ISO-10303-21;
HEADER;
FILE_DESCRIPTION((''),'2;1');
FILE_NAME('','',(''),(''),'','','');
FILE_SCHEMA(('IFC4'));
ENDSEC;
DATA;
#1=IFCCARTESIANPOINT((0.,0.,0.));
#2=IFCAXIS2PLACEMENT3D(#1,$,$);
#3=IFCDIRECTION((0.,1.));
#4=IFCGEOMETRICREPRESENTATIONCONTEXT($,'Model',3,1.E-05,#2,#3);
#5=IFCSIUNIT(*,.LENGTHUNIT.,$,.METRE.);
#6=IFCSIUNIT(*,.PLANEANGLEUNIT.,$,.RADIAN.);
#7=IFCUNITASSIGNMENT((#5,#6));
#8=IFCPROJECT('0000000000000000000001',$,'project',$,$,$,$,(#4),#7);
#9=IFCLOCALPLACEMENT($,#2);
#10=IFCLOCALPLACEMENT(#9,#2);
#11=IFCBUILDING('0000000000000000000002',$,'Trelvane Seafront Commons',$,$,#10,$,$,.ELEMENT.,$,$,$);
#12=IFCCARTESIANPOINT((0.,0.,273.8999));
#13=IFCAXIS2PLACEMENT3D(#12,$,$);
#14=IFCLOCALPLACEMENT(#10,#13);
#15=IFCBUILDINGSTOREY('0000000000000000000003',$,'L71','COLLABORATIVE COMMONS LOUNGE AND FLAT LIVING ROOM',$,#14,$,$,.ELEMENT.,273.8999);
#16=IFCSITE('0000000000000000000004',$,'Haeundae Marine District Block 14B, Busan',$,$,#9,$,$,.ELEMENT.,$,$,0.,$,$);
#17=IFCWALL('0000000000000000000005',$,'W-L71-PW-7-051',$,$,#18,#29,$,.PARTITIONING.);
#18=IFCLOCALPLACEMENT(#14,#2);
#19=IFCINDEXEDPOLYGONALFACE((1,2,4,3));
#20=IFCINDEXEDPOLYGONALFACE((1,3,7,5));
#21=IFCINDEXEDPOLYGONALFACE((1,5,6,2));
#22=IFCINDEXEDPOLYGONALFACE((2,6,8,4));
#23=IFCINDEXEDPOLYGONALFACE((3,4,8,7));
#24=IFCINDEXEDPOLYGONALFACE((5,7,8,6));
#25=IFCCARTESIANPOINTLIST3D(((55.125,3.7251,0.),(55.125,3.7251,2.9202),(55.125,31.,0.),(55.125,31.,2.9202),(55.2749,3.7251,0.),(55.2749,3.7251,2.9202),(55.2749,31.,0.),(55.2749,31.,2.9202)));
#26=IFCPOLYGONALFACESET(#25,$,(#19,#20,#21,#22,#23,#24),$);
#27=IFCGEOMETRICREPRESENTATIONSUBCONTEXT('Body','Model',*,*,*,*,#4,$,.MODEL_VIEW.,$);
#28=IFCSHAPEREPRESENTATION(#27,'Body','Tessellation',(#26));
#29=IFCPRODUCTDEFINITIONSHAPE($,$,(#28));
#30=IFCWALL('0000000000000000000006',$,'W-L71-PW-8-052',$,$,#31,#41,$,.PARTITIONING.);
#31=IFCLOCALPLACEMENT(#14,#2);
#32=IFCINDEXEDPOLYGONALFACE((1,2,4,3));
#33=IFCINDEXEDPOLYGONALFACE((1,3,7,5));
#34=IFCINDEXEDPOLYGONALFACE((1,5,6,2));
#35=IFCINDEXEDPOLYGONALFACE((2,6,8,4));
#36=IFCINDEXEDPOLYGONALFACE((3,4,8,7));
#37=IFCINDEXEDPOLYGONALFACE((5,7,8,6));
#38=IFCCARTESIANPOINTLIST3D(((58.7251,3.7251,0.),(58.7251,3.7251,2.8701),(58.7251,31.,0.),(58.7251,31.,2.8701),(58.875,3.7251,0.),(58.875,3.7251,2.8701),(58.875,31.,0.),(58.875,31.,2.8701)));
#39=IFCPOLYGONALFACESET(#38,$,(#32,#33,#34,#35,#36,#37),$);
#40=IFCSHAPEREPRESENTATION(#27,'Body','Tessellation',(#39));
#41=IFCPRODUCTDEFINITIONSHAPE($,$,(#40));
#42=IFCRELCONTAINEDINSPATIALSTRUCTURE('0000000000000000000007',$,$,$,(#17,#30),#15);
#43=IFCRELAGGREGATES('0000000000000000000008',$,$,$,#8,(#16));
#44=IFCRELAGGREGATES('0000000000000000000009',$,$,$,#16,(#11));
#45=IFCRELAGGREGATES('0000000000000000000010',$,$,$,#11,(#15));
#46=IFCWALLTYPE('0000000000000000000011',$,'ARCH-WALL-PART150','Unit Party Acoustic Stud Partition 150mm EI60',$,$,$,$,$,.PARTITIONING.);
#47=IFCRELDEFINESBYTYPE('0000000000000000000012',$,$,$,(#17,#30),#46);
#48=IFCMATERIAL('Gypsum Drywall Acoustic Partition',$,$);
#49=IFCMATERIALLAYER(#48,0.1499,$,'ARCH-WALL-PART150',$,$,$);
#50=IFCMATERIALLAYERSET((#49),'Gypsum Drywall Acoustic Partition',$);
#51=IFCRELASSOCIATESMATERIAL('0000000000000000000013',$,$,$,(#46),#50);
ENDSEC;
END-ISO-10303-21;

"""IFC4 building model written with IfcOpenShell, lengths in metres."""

from ifc_helpers import new_model, si_unit, direction, frame, frame_2d, origin, place, context, subcontext, project, spatial, rectangle, extrude, material, layer, layer_set, type_object, element, save


model = new_model("IFC4")

# Units and contexts
model_context = context("Model", 3, precision=1e-05, world=origin(), true_north=direction((0.0, 1.0)))
body_context = subcontext(model_context, "Body", "Model", "MODEL_VIEW")
ifc_project = project(units=[si_unit("LENGTHUNIT", "METRE"), si_unit("PLANEANGLEUNIT", "RADIAN")], contexts=[model_context])

# Site, building, storey
site_placement = place(None, origin())
site = spatial("IfcSite", under=ifc_project, at=site_placement, Name="Haeundae Marine District Block 14B, Busan", CompositionType="ELEMENT", RefElevation=0.0)
building_placement = place(site_placement, origin())
building = spatial("IfcBuilding", under=site, at=building_placement, Name="Trelvane Seafront Commons", CompositionType="ELEMENT")
storey_placement = place(building_placement, frame((0.0, 0.0, 273.8999)))
storey = spatial("IfcBuildingStorey", under=building, at=storey_placement, Name="L71", Description="COLLABORATIVE COMMONS LOUNGE AND FLAT LIVING ROOM", CompositionType="ELEMENT", Elevation=273.8999)

# Shared definitions
ifc_material_1 = material(Name="Gypsum Drywall Acoustic Partition")

# Walls
ifc_layer_1 = layer(ifc_material_1, 0.1499, Name="ARCH-WALL-PART150")
ifc_layer_set_1 = layer_set([ifc_layer_1], Name="Gypsum Drywall Acoustic Partition")
wall_type_1 = type_object("IfcWallType", Name="ARCH-WALL-PART150", Description="Unit Party Acoustic Stud Partition 150mm EI60", PredefinedType="PARTITIONING", material=ifc_layer_set_1)
wall_1_placement = place(storey_placement, frame((55.2, 3.7251, 0.0), z_axis=(0.0, 0.0, 1.0), x_axis=(0.0, 1.0, 0.0)))
element("IfcWall", 1, at=wall_1_placement, inside=storey, type_object=wall_type_1, Name="W-L71-PW-7-051", PredefinedType="PARTITIONING", context=body_context, shape_type="SweptSolid", body=[
    extrude(rectangle(XDim=27.2749, YDim=0.1499, at=frame_2d((13.6375, 0.0))), origin(), (0.0, 0.0, 1.0), 2.9202),
])
wall_2_placement = place(storey_placement, frame((58.8, 3.7251, 0.0), z_axis=(0.0, 0.0, 1.0), x_axis=(0.0, 1.0, 0.0)))
element("IfcWall", 2, at=wall_2_placement, inside=storey, type_object=wall_type_1, Name="W-L71-PW-8-052", PredefinedType="PARTITIONING", context=body_context, shape_type="SweptSolid", body=[
    extrude(rectangle(XDim=27.2749, YDim=0.1499, at=frame_2d((13.6375, 0.0))), origin(), (0.0, 0.0, 1.0), 2.8701),
])

save(model, "model.ifc")
